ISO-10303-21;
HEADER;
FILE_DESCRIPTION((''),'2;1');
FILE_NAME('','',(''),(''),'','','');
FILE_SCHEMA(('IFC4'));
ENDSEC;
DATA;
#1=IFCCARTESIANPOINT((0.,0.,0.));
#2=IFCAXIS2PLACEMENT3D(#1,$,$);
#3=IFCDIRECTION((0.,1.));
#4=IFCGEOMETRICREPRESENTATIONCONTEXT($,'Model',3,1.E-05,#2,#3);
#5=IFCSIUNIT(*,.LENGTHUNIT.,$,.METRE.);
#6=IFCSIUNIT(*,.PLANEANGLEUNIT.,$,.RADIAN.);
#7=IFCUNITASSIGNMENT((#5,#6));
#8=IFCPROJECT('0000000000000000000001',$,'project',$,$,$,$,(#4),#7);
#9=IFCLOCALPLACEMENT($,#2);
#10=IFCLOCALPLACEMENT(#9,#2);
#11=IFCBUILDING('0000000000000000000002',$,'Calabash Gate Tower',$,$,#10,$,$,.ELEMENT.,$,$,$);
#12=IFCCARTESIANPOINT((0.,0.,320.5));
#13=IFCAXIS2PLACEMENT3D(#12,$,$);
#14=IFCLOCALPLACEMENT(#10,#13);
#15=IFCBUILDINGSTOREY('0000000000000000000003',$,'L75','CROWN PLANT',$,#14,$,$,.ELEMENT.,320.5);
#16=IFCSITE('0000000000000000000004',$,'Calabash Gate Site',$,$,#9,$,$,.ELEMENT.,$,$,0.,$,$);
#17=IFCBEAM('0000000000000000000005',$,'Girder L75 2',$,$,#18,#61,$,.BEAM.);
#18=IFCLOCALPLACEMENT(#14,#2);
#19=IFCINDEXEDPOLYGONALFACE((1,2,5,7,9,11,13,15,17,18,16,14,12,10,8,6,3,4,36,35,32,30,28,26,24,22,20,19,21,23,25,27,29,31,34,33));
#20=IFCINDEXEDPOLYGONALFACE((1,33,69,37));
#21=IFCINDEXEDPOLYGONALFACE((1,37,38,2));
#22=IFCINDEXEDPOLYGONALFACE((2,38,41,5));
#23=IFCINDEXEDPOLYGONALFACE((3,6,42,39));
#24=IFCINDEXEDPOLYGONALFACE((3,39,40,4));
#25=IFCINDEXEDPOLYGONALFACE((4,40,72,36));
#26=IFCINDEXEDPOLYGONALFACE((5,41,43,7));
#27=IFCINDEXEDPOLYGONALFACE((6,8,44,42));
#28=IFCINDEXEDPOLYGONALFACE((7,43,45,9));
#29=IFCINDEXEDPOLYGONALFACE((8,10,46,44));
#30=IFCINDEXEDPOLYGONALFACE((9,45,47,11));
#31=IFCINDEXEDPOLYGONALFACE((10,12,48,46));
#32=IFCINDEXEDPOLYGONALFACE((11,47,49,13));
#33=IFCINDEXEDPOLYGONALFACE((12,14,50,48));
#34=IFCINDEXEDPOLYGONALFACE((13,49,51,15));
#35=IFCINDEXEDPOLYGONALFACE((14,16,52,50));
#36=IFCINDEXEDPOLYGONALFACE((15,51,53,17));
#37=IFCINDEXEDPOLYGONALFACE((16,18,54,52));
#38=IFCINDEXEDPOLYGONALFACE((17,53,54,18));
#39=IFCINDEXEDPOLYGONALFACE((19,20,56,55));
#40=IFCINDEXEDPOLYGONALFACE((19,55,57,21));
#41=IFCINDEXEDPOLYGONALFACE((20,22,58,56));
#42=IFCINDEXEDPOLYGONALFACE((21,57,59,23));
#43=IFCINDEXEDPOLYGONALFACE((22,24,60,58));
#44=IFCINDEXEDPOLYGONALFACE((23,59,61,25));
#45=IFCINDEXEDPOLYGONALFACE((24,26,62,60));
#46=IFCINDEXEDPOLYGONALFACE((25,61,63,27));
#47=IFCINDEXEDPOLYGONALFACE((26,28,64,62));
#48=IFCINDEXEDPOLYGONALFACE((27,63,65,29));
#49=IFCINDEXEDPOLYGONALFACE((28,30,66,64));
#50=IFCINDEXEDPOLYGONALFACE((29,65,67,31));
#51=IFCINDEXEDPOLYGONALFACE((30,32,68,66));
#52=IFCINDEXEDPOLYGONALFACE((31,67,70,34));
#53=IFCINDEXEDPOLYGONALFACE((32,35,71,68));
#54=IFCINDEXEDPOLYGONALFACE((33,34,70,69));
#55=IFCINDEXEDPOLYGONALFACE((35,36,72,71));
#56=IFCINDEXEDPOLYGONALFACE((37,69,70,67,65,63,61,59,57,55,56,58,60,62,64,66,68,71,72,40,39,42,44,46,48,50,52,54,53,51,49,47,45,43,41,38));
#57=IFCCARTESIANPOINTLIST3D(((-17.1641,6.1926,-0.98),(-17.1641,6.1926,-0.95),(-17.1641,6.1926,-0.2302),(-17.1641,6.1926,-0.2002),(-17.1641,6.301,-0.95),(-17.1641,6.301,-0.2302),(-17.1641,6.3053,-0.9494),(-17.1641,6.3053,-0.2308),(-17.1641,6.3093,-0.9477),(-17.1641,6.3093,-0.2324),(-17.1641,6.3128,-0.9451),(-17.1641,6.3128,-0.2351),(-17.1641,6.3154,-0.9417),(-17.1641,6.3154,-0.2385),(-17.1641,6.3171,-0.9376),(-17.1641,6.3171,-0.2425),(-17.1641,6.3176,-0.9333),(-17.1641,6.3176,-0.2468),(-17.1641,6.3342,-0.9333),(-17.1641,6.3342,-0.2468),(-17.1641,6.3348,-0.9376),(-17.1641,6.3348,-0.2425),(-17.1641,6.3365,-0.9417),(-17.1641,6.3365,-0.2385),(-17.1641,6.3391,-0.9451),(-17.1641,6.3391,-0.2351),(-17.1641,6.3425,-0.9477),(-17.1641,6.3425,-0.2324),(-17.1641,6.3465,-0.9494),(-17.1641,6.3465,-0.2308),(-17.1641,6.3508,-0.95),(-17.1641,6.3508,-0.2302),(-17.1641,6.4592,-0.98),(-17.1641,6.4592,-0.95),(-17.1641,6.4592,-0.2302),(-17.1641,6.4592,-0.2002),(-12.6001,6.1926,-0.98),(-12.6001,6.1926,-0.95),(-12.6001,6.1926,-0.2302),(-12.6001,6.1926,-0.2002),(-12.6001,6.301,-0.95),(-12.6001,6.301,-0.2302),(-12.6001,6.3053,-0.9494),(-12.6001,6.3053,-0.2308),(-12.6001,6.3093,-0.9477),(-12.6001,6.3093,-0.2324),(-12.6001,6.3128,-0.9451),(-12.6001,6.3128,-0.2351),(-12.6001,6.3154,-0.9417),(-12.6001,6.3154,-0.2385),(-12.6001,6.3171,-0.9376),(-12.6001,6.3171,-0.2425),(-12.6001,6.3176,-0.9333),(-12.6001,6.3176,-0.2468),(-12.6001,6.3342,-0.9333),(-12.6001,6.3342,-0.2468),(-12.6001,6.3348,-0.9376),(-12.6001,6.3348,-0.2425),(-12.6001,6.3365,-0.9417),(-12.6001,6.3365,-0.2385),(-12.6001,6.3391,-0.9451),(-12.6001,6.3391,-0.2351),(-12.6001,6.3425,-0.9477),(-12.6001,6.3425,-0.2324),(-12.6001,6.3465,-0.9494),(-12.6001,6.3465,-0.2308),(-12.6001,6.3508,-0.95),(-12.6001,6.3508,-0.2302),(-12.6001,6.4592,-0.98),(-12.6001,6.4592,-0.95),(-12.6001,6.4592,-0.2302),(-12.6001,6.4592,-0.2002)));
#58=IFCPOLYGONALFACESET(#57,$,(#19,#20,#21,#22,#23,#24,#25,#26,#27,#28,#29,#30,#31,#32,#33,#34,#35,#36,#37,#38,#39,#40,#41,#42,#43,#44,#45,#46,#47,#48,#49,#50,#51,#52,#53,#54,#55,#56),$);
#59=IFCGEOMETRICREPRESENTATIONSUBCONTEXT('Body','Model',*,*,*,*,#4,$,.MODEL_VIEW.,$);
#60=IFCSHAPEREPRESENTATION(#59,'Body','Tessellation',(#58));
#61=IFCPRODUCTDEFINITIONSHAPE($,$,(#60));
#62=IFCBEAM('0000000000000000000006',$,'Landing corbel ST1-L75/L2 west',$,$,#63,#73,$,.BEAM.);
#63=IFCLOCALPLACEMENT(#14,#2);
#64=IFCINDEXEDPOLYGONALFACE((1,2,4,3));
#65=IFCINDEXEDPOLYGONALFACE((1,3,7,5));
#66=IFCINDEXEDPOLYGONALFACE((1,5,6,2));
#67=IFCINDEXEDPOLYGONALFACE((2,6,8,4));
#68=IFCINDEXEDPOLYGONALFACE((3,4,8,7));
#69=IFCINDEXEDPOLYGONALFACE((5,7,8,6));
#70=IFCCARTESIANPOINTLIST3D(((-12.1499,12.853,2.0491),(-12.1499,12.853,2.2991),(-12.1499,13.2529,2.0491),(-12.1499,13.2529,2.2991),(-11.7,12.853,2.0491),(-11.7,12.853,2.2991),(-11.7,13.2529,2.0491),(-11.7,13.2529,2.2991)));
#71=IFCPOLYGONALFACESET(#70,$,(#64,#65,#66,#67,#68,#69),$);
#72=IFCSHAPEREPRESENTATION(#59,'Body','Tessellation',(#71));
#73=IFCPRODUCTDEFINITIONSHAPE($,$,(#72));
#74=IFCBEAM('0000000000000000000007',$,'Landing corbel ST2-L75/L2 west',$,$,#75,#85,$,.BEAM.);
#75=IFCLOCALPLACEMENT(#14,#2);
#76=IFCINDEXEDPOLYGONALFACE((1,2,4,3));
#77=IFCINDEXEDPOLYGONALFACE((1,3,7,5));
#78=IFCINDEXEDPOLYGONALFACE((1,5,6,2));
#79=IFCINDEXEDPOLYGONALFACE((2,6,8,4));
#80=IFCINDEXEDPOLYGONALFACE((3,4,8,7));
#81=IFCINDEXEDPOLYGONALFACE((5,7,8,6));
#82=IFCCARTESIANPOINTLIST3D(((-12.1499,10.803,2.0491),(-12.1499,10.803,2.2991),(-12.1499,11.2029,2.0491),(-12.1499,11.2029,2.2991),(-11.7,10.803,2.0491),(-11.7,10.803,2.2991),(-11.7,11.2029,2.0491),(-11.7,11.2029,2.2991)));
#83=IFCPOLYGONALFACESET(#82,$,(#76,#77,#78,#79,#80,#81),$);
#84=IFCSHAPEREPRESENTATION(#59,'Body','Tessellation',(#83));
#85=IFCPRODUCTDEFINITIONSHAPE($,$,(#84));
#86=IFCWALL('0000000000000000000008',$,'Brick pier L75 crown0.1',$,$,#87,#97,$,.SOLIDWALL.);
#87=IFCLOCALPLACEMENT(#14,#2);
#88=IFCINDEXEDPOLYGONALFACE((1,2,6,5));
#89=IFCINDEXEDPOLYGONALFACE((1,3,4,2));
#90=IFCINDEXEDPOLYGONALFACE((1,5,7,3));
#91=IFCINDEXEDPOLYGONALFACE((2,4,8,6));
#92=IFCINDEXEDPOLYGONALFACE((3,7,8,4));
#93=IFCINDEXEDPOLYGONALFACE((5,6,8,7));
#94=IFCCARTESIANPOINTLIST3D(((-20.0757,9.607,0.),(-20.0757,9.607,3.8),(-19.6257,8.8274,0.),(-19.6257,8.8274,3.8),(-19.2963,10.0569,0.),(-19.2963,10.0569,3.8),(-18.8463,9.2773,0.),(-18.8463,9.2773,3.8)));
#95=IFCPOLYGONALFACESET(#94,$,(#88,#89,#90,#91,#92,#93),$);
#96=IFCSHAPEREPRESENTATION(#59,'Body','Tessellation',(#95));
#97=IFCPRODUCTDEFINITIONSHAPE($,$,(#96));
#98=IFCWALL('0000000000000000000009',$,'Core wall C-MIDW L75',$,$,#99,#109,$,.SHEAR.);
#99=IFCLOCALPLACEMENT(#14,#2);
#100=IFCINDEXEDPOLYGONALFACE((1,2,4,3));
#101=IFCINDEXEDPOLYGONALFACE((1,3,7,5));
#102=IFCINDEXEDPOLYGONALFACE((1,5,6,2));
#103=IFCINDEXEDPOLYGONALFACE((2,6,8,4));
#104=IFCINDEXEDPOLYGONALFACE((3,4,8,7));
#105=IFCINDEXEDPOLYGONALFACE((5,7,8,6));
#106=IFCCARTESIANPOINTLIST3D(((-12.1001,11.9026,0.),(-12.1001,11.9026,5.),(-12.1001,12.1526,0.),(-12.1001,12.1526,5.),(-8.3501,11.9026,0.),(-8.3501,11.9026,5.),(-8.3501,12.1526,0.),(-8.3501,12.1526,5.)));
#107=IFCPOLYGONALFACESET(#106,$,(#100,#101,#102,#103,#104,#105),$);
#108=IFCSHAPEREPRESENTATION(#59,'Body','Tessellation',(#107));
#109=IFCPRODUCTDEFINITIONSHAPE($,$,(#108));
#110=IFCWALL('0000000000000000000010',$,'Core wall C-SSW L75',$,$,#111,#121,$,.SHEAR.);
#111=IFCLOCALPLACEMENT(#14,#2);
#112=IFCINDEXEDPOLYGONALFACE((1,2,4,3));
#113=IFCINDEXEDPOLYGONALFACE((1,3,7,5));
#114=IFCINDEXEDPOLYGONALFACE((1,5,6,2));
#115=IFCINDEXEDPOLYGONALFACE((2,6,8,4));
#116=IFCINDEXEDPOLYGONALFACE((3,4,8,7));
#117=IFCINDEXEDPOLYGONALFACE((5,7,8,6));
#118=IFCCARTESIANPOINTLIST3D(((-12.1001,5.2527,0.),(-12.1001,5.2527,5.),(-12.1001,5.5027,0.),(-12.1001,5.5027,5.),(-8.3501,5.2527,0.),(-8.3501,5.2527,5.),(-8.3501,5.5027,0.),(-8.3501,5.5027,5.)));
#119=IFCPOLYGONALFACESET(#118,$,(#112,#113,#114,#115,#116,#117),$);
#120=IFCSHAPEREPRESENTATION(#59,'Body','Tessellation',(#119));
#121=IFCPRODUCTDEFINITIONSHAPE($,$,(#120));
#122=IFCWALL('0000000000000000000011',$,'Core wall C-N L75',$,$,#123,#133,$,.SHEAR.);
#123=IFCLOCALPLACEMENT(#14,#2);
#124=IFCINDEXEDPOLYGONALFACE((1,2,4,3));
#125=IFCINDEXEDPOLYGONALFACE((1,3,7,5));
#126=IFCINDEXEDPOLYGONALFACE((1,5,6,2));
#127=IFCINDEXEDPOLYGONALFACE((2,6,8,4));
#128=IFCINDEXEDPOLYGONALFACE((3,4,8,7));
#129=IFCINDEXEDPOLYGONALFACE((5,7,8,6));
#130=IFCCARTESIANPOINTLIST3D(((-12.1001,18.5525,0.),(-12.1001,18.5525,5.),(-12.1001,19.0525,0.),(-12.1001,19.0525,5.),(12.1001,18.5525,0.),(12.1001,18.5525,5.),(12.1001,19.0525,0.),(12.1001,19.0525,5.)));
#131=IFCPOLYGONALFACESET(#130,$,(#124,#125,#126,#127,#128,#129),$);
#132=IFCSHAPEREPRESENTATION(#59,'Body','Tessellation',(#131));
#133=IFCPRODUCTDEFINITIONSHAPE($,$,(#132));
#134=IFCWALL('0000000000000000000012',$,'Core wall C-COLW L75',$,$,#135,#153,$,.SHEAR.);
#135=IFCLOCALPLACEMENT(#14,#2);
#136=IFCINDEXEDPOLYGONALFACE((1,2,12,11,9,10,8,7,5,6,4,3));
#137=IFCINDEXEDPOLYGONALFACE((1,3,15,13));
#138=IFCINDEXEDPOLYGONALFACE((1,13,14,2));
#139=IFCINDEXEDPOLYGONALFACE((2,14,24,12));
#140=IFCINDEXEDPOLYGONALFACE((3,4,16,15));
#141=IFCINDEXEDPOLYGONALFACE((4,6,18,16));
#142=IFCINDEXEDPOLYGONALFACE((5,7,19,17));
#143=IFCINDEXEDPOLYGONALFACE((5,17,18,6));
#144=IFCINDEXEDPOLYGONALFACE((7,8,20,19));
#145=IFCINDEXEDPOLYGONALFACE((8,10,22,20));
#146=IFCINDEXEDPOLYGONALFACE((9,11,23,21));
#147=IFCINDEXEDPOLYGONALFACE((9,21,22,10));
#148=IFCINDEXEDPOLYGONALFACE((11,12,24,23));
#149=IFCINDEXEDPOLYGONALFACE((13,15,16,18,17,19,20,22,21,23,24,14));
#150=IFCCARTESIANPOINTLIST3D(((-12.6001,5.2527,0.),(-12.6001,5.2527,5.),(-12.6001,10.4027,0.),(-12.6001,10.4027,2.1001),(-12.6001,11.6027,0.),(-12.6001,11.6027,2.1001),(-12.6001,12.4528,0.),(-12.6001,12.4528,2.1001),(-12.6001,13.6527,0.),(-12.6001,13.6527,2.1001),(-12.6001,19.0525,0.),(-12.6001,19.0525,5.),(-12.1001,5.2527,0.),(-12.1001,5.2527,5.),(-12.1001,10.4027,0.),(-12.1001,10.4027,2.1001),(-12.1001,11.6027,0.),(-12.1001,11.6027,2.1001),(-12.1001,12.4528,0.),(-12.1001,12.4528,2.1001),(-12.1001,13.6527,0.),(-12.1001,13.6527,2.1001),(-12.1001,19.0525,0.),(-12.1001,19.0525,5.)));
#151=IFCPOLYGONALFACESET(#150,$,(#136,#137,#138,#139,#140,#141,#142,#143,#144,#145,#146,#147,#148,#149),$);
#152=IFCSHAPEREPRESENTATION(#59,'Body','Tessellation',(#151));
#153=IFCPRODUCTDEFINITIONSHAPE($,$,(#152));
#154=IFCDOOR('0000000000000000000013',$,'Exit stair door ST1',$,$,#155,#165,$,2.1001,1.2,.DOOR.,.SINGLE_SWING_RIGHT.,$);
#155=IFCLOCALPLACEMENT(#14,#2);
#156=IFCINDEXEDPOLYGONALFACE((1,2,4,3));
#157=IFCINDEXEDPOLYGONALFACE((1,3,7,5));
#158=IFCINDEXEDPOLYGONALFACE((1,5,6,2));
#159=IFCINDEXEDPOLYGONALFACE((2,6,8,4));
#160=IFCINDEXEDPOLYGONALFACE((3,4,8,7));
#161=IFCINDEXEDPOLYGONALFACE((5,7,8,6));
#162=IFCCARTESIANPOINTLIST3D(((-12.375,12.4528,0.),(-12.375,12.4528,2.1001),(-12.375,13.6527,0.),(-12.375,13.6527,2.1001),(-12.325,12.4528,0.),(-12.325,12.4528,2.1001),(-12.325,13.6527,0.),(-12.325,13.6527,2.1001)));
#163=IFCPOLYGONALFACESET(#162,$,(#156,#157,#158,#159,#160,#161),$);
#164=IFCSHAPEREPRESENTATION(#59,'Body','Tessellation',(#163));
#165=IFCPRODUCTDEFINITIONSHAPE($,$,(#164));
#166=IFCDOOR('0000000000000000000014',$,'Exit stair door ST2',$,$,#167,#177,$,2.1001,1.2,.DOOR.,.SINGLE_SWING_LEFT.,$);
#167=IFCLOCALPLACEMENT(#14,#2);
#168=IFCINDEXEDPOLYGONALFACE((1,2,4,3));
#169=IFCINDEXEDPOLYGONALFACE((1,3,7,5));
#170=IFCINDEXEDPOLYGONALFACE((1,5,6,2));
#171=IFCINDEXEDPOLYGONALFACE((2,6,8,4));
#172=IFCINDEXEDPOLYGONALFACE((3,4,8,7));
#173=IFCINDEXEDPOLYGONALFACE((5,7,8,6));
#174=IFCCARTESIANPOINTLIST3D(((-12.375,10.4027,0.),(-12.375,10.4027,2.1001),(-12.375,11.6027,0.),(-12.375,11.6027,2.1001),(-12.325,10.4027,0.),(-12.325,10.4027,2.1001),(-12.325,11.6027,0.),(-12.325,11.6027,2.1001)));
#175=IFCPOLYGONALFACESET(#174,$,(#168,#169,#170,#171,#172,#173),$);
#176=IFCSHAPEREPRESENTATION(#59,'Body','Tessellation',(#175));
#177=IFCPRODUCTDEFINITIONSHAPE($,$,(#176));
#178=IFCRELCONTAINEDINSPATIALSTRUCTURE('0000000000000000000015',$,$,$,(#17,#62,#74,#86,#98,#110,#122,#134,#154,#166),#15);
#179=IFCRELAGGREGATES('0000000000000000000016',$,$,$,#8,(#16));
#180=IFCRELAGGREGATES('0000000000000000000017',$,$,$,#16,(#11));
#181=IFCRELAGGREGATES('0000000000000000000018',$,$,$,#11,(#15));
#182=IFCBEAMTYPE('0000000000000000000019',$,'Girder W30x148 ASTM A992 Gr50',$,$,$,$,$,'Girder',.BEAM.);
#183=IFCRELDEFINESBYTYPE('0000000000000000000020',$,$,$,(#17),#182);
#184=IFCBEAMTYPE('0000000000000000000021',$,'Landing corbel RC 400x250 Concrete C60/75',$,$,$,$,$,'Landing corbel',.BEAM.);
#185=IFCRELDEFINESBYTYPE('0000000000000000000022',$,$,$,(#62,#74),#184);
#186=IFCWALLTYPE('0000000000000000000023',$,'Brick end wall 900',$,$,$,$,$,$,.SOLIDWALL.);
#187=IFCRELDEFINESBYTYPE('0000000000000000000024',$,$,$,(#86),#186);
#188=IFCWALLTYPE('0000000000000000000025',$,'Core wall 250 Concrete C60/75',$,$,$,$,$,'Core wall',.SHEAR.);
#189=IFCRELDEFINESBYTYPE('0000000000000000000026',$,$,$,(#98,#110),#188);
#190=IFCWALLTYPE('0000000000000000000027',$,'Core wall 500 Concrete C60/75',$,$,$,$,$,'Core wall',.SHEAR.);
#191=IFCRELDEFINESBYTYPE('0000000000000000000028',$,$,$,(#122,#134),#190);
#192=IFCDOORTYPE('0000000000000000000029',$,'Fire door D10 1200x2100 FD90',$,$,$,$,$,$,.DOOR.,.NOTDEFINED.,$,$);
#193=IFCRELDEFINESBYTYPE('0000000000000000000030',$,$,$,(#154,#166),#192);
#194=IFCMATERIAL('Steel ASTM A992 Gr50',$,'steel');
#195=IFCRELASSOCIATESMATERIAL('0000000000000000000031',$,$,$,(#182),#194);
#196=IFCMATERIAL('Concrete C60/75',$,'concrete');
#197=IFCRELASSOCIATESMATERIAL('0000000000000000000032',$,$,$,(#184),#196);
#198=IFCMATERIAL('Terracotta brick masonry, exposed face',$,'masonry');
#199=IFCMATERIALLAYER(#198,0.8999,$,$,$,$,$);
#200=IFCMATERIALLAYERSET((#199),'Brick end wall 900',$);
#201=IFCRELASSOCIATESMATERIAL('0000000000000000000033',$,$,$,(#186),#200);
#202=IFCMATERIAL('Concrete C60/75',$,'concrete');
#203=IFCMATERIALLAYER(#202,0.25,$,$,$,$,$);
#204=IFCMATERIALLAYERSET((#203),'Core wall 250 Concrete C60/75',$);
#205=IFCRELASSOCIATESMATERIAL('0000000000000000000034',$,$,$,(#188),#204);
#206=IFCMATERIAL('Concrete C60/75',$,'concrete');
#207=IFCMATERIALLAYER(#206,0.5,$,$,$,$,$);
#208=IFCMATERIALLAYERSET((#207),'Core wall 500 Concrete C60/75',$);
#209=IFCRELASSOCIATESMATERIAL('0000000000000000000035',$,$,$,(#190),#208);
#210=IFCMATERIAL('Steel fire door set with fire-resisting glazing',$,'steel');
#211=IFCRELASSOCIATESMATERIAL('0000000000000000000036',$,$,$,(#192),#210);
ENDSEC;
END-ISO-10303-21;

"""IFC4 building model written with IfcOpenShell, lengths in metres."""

from ifc_helpers import new_model, si_unit, direction, frame, frame_2d, origin, origin_2d, place, context, subcontext, project, spatial, rectangle, i_section, extrude, material, layer, layer_set, material_profile, profile_set, type_object, element, fill, save


model = new_model("IFC4")

# Units and contexts
model_context = context("Model", 3, precision=1e-05, world=origin(), true_north=direction((0.0, 1.0)))
body_context = subcontext(model_context, "Body", "Model", "MODEL_VIEW")
ifc_project = project(units=[si_unit("LENGTHUNIT", "METRE"), si_unit("PLANEANGLEUNIT", "RADIAN")], contexts=[model_context])

# Site, building, storey
site_placement = place(None, origin())
site = spatial("IfcSite", under=ifc_project, at=site_placement, Name="Calabash Gate Site", CompositionType="ELEMENT", RefElevation=0.0)
building_placement = place(site_placement, origin())
building = spatial("IfcBuilding", under=site, at=building_placement, Name="Calabash Gate Tower", CompositionType="ELEMENT")
storey_placement = place(building_placement, frame((0.0, 0.0, 320.5)))
storey = spatial("IfcBuildingStorey", under=building, at=storey_placement, Name="L75", Description="CROWN PLANT", CompositionType="ELEMENT", Elevation=320.5)

# Beams
ifc_material_1 = material(Name="Steel ASTM A992 Gr50", Category="steel")
ifc_material_profile_1 = material_profile(ifc_material_1, i_section(OverallWidth=0.2666, OverallDepth=0.7798, WebThickness=0.0166, FlangeThickness=0.03, FilletRadius=0.0166, at=origin_2d()))
ifc_profile_set_1 = profile_set([ifc_material_profile_1], Name="Steel ASTM A992 Gr50")
beam_type_1 = type_object("IfcBeamType", Name="Girder W30x148 ASTM A992 Gr50", ElementType="Girder", PredefinedType="BEAM", material=ifc_profile_set_1)
beam_1_placement = place(storey_placement, frame((-17.1641, 6.3259, -0.5901), z_axis=(1.0, 0.0, 0.0), x_axis=(0.0, 1.0, 0.0)))
element("IfcBeam", 1, at=beam_1_placement, inside=storey, type_object=beam_type_1, Name="Girder L75 2", PredefinedType="BEAM", context=body_context, shape_type="SweptSolid", body=[
    extrude(i_section(OverallWidth=0.2666, OverallDepth=0.7798, WebThickness=0.0166, FlangeThickness=0.03, FilletRadius=0.0166, at=origin_2d()), origin(), (0.0, 0.0, 1.0), 4.564),
])
ifc_material_2 = material(Name="Concrete C60/75", Category="concrete")
ifc_material_profile_2 = material_profile(ifc_material_2, rectangle(XDim=0.3999, YDim=0.25, at=origin_2d()))
ifc_profile_set_2 = profile_set([ifc_material_profile_2], Name="Concrete C60/75")
beam_type_2 = type_object("IfcBeamType", Name="Landing corbel RC 400x250 Concrete C60/75", ElementType="Landing corbel", PredefinedType="BEAM", material=ifc_profile_set_2)
for number, where, z_axis, x_axis, name in (
    (2, (-12.1499, 13.053, 2.1741), (1.0, 0.0, 0.0), (0.0, 1.0, 0.0), "Landing corbel ST1-L75/L2 west"),
    (3, (-12.1499, 11.0029, 2.1741), (1.0, 0.0, 0.0), (0.0, 1.0, 0.0), "Landing corbel ST2-L75/L2 west"),
):
    element("IfcBeam", number, at=place(storey_placement, frame(where, z_axis=z_axis, x_axis=x_axis)), inside=storey, type_object=beam_type_2, Name=name, PredefinedType="BEAM", context=body_context, shape_type="SweptSolid", body=[
        extrude(rectangle(XDim=0.3999, YDim=0.25, at=origin_2d()), origin(), (0.0, 0.0, 1.0), 0.45),
    ])

# Walls
ifc_material_3 = material(Name="Terracotta brick masonry, exposed face", Category="masonry")
ifc_layer_1 = layer(ifc_material_3, 0.8999)
ifc_layer_set_1 = layer_set([ifc_layer_1], Name="Brick end wall 900")
wall_type_1 = type_object("IfcWallType", Name="Brick end wall 900", PredefinedType="SOLIDWALL", material=ifc_layer_set_1)
wall_1_placement = place(storey_placement, frame((-19.686, 9.832, 0.0), z_axis=(0.0, 0.0, 1.0), x_axis=(0.499902, -0.866082, 0.0)))
element("IfcWall", 4, at=wall_1_placement, inside=storey, type_object=wall_type_1, Name="Brick pier L75 crown0.1", PredefinedType="SOLIDWALL", context=body_context, shape_type="SweptSolid", body=[
    extrude(rectangle(XDim=0.9001, YDim=0.8999, at=frame_2d((0.4502, 0.0))), origin(), (0.0, 0.0, 1.0), 3.8),
])
ifc_material_4 = material(Name="Concrete C60/75", Category="concrete")
ifc_layer_2 = layer(ifc_material_4, 0.25)
ifc_layer_set_2 = layer_set([ifc_layer_2], Name="Core wall 250 Concrete C60/75")
wall_type_2 = type_object("IfcWallType", Name="Core wall 250 Concrete C60/75", ElementType="Core wall", PredefinedType="SHEAR", material=ifc_layer_set_2)
for number, where, z_axis, x_axis, name in (
    (5, (-12.1001, 12.0276, 0.0), (0.0, 0.0, 1.0), (1.0, 0.0, 0.0), "Core wall C-MIDW L75"),
    (6, (-12.1001, 5.3777, 0.0), (0.0, 0.0, 1.0), (1.0, 0.0, 0.0), "Core wall C-SSW L75"),
):
    element("IfcWall", number, at=place(storey_placement, frame(where, z_axis=z_axis, x_axis=x_axis)), inside=storey, type_object=wall_type_2, Name=name, PredefinedType="SHEAR", context=body_context, shape_type="SweptSolid", body=[
        extrude(rectangle(XDim=3.75, YDim=0.25, at=frame_2d((1.875, 0.0))), origin(), (0.0, 0.0, 1.0), 5.0),
    ])
ifc_material_5 = material(Name="Concrete C60/75", Category="concrete")
ifc_layer_3 = layer(ifc_material_5, 0.5)
ifc_layer_set_3 = layer_set([ifc_layer_3], Name="Core wall 500 Concrete C60/75")
wall_type_3 = type_object("IfcWallType", Name="Core wall 500 Concrete C60/75", ElementType="Core wall", PredefinedType="SHEAR", material=ifc_layer_set_3)
wall_2_placement = place(storey_placement, frame((-12.1001, 18.8025, 0.0), z_axis=(0.0, 0.0, 1.0), x_axis=(1.0, 0.0, 0.0)))
element("IfcWall", 7, at=wall_2_placement, inside=storey, type_object=wall_type_3, Name="Core wall C-N L75", PredefinedType="SHEAR", context=body_context, shape_type="SweptSolid", body=[
    extrude(rectangle(XDim=24.2002, YDim=0.5, at=frame_2d((12.1001, 0.0))), origin(), (0.0, 0.0, 1.0), 5.0),
])

# Wall, openings, doors
wall_3_placement = place(storey_placement, frame((-12.3501, 5.2527, 0.0), z_axis=(0.0, 0.0, 1.0), x_axis=(0.0, 1.0, 0.0)))
wall_3 = element("IfcWall", 8, at=wall_3_placement, inside=storey, type_object=wall_type_3, Name="Core wall C-COLW L75", PredefinedType="SHEAR", context=body_context, shape_type="SweptSolid", body=[
    extrude(rectangle(XDim=13.7998, YDim=0.5, at=frame_2d((6.8999, 0.0))), origin(), (0.0, 0.0, 1.0), 5.0),
])
opening_1_placement = place(wall_3_placement, frame((7.2, 0.0, 0.0)))
opening_1 = element("IfcOpeningElement", 9, at=opening_1_placement, cuts=wall_3, PredefinedType="OPENING", context=body_context, shape_type="SweptSolid", body=[
    extrude(rectangle(XDim=1.2, YDim=2.1001, at=frame_2d((0.6001, 1.05))), frame((0.0, 0.26, 0.0), z_axis=(0.0, -1.0, 0.0), x_axis=(1.0, 0.0, 0.0)), (0.0, 0.0, 1.0), 0.52),
])
opening_2_placement = place(wall_3_placement, frame((5.1499, 0.0, 0.0)))
opening_2 = element("IfcOpeningElement", 10, at=opening_2_placement, cuts=wall_3, PredefinedType="OPENING", context=body_context, shape_type="SweptSolid", body=[
    extrude(rectangle(XDim=1.2, YDim=2.1001, at=frame_2d((0.6001, 1.05))), frame((0.0, 0.26, 0.0), z_axis=(0.0, -1.0, 0.0), x_axis=(1.0, 0.0, 0.0)), (0.0, 0.0, 1.0), 0.52),
])
ifc_material_6 = material(Name="Steel fire door set with fire-resisting glazing", Category="steel")
door_type = type_object("IfcDoorType", Name="Fire door D10 1200x2100 FD90", OperationType="NOTDEFINED", PredefinedType="DOOR", material=ifc_material_6)
door_1_placement = place(opening_1_placement, origin())
door_1 = element("IfcDoor", 11, at=door_1_placement, inside=storey, type_object=door_type, Name="Exit stair door ST1", OperationType="SINGLE_SWING_RIGHT", OverallHeight=2.1001, OverallWidth=1.2, PredefinedType="DOOR", context=body_context, shape_type="SweptSolid", body=[
    extrude(rectangle(XDim=1.2, YDim=2.1001, at=frame_2d((0.6001, 1.05))), frame((0.0, 0.0249, 0.0), z_axis=(0.0, -1.0, 0.0), x_axis=(1.0, 0.0, 0.0)), (0.0, 0.0, 1.0), 0.05),
])
fill(opening_1, door_1)
door_2_placement = place(opening_2_placement, origin())
door_2 = element("IfcDoor", 12, at=door_2_placement, inside=storey, type_object=door_type, Name="Exit stair door ST2", OperationType="SINGLE_SWING_LEFT", OverallHeight=2.1001, OverallWidth=1.2, PredefinedType="DOOR", context=body_context, shape_type="SweptSolid", body=[
    extrude(rectangle(XDim=1.2, YDim=2.1001, at=frame_2d((0.6001, 1.05))), frame((0.0, 0.0249, 0.0), z_axis=(0.0, -1.0, 0.0), x_axis=(1.0, 0.0, 0.0)), (0.0, 0.0, 1.0), 0.05),
])
fill(opening_2, door_2)

save(model, "model.ifc")
